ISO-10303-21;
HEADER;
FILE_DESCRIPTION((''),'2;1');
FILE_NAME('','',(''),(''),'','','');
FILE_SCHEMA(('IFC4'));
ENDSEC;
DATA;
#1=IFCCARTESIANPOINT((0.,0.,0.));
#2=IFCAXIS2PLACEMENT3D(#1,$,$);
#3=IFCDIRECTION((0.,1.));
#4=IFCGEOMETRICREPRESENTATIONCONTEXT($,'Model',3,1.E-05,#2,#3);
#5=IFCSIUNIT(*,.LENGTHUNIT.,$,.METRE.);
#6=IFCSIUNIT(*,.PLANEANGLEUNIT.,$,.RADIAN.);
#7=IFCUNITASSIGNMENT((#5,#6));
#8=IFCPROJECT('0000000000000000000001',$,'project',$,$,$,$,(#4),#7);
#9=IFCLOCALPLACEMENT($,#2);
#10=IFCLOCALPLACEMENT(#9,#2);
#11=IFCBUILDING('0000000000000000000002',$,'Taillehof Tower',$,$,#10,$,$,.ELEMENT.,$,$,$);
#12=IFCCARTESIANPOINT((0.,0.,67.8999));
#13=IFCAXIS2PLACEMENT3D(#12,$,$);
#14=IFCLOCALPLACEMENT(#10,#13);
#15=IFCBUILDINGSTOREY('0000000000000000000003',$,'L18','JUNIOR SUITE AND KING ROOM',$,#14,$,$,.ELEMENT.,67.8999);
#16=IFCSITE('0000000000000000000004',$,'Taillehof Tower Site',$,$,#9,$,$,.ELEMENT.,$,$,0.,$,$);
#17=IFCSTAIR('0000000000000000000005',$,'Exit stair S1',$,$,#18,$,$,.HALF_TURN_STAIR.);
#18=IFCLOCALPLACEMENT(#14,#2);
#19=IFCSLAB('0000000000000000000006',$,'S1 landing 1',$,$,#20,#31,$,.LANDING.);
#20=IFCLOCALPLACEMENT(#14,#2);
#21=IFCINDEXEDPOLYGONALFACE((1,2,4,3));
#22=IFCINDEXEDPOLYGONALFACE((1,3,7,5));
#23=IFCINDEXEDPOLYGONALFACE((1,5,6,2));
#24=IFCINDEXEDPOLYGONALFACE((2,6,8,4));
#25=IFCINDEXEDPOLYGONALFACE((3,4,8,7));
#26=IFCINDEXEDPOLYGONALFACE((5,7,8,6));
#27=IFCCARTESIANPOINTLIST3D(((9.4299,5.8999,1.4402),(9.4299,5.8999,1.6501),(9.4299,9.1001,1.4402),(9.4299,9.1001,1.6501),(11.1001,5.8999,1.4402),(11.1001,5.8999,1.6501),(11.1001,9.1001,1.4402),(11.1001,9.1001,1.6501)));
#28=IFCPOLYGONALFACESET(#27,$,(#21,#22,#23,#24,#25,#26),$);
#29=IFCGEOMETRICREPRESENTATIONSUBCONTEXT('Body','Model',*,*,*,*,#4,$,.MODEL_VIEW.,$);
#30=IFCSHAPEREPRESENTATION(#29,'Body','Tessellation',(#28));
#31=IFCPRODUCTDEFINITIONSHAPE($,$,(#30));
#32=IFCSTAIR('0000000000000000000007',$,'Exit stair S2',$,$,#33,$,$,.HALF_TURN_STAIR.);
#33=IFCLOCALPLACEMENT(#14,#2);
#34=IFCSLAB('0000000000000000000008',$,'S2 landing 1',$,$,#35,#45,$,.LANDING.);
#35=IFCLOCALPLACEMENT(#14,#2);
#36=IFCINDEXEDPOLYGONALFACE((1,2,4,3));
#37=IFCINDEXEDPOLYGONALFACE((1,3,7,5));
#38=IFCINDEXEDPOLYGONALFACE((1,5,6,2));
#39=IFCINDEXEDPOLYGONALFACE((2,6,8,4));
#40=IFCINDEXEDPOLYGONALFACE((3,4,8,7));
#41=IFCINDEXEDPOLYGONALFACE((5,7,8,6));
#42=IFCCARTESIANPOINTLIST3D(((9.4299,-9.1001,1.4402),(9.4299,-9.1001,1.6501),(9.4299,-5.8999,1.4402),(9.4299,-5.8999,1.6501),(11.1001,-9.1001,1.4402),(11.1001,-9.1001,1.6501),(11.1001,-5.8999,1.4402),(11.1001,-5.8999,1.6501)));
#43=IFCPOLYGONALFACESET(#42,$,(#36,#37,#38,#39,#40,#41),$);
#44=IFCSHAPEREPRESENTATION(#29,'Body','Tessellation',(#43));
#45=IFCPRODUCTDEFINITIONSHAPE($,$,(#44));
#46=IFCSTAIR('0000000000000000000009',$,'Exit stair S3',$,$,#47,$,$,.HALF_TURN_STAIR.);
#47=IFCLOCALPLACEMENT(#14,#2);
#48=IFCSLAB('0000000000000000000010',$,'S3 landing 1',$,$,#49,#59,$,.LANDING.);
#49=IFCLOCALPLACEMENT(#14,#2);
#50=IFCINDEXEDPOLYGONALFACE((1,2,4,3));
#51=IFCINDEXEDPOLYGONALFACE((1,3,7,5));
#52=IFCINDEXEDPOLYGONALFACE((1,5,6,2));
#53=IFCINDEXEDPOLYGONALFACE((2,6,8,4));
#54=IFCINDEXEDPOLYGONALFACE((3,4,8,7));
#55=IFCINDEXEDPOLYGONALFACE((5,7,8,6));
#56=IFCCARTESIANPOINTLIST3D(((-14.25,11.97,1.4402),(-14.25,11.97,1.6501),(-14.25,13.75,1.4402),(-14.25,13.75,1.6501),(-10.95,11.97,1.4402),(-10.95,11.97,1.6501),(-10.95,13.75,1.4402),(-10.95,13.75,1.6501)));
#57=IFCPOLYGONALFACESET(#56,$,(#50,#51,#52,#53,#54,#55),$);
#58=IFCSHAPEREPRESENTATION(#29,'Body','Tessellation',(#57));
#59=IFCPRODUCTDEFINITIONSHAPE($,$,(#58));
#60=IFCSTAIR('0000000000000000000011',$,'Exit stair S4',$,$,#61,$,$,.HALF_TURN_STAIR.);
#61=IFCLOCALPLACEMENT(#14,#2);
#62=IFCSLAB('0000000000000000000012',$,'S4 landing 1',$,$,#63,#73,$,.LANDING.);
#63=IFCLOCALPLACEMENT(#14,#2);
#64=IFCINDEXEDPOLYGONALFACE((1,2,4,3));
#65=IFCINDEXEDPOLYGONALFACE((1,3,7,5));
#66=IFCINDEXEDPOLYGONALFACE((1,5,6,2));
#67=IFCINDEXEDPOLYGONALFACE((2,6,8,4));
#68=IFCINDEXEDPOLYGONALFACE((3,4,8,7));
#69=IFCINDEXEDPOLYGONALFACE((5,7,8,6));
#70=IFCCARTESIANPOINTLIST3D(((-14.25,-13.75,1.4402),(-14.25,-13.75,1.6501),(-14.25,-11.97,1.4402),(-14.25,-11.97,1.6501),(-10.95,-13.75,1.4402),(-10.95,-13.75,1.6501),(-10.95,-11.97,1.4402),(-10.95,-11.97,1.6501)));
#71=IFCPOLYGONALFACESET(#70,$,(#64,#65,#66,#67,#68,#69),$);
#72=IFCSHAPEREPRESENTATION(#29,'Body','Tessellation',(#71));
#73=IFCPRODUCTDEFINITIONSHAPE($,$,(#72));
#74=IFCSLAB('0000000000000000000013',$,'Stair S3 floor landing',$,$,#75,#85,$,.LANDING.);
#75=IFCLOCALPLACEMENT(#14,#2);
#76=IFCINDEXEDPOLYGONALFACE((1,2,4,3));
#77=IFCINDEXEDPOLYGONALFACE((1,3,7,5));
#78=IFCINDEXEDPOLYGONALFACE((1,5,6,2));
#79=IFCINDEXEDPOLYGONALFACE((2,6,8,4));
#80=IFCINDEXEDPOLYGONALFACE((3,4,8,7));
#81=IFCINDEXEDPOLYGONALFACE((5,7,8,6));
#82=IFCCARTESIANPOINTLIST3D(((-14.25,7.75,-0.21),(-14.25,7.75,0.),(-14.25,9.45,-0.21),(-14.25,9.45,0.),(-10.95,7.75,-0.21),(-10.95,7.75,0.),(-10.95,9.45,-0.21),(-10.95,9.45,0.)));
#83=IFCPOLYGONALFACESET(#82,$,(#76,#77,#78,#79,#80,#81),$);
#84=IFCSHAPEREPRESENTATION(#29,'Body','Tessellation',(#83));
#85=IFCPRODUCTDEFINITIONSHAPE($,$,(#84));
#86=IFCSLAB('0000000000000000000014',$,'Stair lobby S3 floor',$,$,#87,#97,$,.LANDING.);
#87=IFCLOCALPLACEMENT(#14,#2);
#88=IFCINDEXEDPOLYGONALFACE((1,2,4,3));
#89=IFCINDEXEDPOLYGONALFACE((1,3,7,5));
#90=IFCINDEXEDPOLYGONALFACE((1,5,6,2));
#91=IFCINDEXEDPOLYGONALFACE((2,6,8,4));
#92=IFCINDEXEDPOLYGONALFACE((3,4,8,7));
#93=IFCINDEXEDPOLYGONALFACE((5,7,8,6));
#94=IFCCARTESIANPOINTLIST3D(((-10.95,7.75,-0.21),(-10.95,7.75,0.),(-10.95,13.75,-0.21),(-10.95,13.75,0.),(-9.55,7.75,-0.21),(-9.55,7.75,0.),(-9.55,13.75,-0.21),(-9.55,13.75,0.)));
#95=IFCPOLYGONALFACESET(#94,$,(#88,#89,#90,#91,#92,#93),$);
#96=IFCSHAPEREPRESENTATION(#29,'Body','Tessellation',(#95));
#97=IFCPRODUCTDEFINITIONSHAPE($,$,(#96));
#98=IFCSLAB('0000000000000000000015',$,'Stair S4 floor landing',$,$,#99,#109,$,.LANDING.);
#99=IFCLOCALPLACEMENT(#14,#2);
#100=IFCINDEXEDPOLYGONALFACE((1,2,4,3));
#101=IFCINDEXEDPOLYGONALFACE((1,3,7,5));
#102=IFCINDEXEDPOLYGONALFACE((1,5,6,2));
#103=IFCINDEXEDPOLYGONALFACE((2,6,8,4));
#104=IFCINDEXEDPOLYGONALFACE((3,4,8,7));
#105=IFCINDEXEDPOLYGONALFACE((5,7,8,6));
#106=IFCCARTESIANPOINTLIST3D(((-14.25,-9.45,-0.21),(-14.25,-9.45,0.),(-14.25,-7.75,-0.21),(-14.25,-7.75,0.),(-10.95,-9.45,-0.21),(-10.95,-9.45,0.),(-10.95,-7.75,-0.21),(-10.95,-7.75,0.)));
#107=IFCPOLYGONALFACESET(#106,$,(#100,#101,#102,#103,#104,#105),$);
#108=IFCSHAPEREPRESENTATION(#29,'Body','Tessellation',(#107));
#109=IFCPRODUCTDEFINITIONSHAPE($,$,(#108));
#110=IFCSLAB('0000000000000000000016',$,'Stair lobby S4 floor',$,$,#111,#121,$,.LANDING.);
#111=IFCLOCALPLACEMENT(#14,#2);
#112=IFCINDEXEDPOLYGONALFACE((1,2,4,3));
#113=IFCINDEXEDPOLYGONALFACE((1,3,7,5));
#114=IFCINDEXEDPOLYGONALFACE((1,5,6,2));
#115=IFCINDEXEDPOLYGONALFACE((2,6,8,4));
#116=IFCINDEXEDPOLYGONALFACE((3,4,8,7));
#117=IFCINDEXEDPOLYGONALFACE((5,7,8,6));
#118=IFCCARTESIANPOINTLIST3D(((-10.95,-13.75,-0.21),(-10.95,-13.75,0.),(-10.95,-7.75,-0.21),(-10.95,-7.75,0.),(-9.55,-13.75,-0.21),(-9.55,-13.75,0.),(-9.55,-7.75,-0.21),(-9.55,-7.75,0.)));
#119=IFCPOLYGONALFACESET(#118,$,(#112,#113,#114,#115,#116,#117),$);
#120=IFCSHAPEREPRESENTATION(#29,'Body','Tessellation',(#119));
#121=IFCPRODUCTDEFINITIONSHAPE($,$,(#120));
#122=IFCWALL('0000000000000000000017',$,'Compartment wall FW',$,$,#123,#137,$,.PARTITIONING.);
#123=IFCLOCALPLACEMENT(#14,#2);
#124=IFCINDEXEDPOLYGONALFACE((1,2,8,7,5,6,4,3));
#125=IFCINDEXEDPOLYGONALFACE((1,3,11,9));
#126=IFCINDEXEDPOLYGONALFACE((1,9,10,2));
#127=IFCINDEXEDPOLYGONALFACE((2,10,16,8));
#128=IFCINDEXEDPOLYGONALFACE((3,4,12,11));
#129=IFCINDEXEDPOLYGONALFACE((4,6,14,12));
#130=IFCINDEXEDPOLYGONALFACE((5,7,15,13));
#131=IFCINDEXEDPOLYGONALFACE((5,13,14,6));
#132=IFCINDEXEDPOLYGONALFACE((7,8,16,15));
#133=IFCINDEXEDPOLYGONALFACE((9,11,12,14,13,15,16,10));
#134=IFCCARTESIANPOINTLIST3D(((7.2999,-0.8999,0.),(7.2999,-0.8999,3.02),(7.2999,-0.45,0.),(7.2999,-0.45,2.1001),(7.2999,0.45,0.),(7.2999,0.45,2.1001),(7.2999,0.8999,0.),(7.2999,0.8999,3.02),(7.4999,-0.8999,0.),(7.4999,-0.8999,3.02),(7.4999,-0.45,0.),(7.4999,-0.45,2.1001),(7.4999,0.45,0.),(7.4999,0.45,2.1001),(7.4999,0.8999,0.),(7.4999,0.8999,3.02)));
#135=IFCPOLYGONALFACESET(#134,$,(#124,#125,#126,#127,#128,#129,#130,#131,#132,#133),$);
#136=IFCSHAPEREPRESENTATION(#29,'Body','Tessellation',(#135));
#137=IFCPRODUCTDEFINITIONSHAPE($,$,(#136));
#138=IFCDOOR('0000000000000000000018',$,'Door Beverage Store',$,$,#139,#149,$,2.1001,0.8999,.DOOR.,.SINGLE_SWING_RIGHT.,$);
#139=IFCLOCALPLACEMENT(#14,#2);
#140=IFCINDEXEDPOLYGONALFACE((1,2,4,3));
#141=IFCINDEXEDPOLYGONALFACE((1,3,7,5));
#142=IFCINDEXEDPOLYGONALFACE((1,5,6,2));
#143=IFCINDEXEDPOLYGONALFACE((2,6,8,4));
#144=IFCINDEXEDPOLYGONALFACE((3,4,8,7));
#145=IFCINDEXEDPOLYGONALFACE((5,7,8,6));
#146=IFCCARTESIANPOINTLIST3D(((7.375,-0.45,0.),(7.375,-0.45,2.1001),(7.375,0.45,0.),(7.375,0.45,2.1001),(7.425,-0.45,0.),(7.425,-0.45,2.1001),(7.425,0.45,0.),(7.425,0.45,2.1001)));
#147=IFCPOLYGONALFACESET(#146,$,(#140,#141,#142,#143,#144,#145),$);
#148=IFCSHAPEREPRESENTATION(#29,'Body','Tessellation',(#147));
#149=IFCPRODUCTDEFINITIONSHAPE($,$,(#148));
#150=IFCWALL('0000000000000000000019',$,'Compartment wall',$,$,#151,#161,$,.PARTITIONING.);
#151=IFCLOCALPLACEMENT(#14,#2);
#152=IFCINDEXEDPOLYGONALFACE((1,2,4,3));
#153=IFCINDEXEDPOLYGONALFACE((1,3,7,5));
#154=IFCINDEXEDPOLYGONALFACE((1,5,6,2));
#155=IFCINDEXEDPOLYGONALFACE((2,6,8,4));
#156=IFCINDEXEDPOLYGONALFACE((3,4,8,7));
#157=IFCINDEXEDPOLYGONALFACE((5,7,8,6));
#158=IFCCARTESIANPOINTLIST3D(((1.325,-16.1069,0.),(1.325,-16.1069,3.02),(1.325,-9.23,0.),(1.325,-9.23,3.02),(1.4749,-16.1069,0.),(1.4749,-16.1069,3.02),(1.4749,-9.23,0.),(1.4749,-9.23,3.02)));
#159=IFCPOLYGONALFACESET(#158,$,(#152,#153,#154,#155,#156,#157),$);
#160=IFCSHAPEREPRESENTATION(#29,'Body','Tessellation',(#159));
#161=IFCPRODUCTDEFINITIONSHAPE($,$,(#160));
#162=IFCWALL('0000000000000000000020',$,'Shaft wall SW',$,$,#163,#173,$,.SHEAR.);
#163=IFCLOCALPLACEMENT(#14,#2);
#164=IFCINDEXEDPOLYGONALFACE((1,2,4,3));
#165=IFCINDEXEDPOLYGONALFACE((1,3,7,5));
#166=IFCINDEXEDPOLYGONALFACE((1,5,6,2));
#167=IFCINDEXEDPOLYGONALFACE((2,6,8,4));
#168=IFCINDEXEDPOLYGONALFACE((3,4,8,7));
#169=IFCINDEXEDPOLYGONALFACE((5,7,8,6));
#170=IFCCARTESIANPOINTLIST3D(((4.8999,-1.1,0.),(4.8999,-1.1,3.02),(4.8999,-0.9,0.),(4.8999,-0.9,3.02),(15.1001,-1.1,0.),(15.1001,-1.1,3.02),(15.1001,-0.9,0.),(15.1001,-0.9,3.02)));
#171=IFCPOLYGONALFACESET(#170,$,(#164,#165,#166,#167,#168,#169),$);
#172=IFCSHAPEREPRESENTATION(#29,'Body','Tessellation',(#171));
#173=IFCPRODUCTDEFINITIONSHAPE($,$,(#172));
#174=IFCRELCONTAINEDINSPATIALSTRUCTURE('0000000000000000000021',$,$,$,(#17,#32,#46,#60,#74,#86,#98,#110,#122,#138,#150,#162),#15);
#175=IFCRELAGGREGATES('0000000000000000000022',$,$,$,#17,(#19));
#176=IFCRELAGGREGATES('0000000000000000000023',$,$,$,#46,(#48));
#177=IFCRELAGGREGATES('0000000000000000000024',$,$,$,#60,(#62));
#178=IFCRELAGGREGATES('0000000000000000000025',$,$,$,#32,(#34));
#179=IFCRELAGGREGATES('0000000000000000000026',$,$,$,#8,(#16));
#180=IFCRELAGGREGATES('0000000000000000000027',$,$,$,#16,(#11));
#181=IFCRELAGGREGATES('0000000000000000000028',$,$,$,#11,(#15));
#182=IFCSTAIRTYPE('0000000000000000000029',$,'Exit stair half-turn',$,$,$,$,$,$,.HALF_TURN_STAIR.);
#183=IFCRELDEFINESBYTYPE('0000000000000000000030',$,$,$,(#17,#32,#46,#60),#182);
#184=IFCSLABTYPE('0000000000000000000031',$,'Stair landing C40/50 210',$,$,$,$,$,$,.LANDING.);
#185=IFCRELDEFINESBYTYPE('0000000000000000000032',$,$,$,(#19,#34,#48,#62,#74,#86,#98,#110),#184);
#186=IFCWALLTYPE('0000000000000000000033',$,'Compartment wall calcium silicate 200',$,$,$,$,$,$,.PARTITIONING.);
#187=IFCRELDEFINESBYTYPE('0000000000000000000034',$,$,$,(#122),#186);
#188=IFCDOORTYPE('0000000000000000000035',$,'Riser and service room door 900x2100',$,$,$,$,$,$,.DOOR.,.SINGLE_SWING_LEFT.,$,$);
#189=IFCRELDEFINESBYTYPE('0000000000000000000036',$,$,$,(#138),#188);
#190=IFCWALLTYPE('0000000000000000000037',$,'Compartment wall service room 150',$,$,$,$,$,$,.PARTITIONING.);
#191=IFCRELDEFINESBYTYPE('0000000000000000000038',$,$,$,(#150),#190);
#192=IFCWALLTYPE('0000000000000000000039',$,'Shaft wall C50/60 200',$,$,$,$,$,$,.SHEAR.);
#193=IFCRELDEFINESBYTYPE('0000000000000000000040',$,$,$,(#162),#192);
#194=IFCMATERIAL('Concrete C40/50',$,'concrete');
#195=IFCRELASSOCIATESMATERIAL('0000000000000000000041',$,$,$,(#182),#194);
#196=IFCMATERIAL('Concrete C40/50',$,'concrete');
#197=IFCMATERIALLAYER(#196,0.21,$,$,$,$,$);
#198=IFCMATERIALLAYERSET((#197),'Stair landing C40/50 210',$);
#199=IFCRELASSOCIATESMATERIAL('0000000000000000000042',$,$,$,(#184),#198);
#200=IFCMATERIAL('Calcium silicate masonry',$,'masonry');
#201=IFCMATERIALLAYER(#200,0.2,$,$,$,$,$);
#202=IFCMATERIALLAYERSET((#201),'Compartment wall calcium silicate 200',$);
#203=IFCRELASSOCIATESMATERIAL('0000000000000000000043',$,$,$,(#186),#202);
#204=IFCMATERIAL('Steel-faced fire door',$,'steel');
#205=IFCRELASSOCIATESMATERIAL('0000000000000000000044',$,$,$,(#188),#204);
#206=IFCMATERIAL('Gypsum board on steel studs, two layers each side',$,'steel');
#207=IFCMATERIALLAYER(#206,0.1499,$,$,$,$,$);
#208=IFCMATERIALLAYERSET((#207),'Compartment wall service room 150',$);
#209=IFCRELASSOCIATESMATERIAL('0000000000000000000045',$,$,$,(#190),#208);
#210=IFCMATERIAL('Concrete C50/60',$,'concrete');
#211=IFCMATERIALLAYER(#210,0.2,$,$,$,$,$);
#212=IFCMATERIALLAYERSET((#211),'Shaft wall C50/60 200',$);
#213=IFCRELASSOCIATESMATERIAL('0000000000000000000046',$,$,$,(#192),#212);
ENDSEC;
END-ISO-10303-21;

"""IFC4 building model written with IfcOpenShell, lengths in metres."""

from ifc_helpers import new_model, si_unit, direction, frame, frame_2d, origin, place, context, subcontext, project, spatial, polyline, rectangle, outline, extrude, material, layer, layer_set, type_object, element, fill, aggregate, save


model = new_model("IFC4")

# Units and contexts
model_context = context("Model", 3, precision=1e-05, world=origin(), true_north=direction((0.0, 1.0)))
body_context = subcontext(model_context, "Body", "Model", "MODEL_VIEW")
ifc_project = project(units=[si_unit("LENGTHUNIT", "METRE"), si_unit("PLANEANGLEUNIT", "RADIAN")], contexts=[model_context])

# Site, building, storey
site_placement = place(None, origin())
site = spatial("IfcSite", under=ifc_project, at=site_placement, Name="Taillehof Tower Site", CompositionType="ELEMENT", RefElevation=0.0)
building_placement = place(site_placement, origin())
building = spatial("IfcBuilding", under=site, at=building_placement, Name="Taillehof Tower", CompositionType="ELEMENT")
storey_placement = place(building_placement, frame((0.0, 0.0, 67.8999)))
storey = spatial("IfcBuildingStorey", under=building, at=storey_placement, Name="L18", Description="JUNIOR SUITE AND KING ROOM", CompositionType="ELEMENT", Elevation=67.8999)

# Stairs, slabs
ifc_material_1 = material(Name="Concrete C40/50", Category="concrete")
stair_type = type_object("IfcStairType", Name="Exit stair half-turn", PredefinedType="HALF_TURN_STAIR", material=ifc_material_1)
stair_1_placement = place(storey_placement, origin())
stair_1 = element("IfcStair", 1, at=stair_1_placement, inside=storey, type_object=stair_type, Name="Exit stair S1", PredefinedType="HALF_TURN_STAIR")
ifc_material_2 = material(Name="Concrete C40/50", Category="concrete")
ifc_layer_1 = layer(ifc_material_2, 0.21)
ifc_layer_set_1 = layer_set([ifc_layer_1], Name="Stair landing C40/50 210")
slab_type_1 = type_object("IfcSlabType", Name="Stair landing C40/50 210", PredefinedType="LANDING", material=ifc_layer_set_1)
slab_1_placement = place(storey_placement, frame((0.0, 0.0, 1.4402)))
slab_1 = element("IfcSlab", 2, at=slab_1_placement, type_object=slab_type_1, Name="S1 landing 1", PredefinedType="LANDING", context=body_context, shape_type="SweptSolid", body=[
    extrude(outline(polyline([(9.4299, 5.8999), (11.1001, 5.8999), (11.1001, 9.1001), (9.4299, 9.1001), (9.4299, 5.8999)])), origin(), (0.0, 0.0, 1.0), 0.21),
])
aggregate(stair_1, [slab_1])
stair_2_placement = place(storey_placement, origin())
stair_2 = element("IfcStair", 3, at=stair_2_placement, inside=storey, type_object=stair_type, Name="Exit stair S2", PredefinedType="HALF_TURN_STAIR")
slab_2_placement = place(storey_placement, frame((0.0, 0.0, 1.4402)))
slab_2 = element("IfcSlab", 4, at=slab_2_placement, type_object=slab_type_1, Name="S2 landing 1", PredefinedType="LANDING", context=body_context, shape_type="SweptSolid", body=[
    extrude(outline(polyline([(9.4299, -5.8999), (11.1001, -5.8999), (11.1001, -9.1001), (9.4299, -9.1001), (9.4299, -5.8999)])), origin(), (0.0, 0.0, 1.0), 0.21),
])
stair_3_placement = place(storey_placement, origin())
stair_3 = element("IfcStair", 5, at=stair_3_placement, inside=storey, type_object=stair_type, Name="Exit stair S3", PredefinedType="HALF_TURN_STAIR")
slab_3_placement = place(storey_placement, frame((0.0, 0.0, 1.4402)))
slab_3 = element("IfcSlab", 6, at=slab_3_placement, type_object=slab_type_1, Name="S3 landing 1", PredefinedType="LANDING", context=body_context, shape_type="SweptSolid", body=[
    extrude(outline(polyline([(-14.25, 11.97), (-14.25, 13.75), (-10.95, 13.75), (-10.95, 11.97), (-14.25, 11.97)])), origin(), (0.0, 0.0, 1.0), 0.21),
])
aggregate(stair_3, [slab_3])
stair_4_placement = place(storey_placement, origin())
stair_4 = element("IfcStair", 7, at=stair_4_placement, inside=storey, type_object=stair_type, Name="Exit stair S4", PredefinedType="HALF_TURN_STAIR")
slab_4_placement = place(storey_placement, frame((0.0, 0.0, 1.4402)))
slab_4 = element("IfcSlab", 8, at=slab_4_placement, type_object=slab_type_1, Name="S4 landing 1", PredefinedType="LANDING", context=body_context, shape_type="SweptSolid", body=[
    extrude(outline(polyline([(-14.25, -11.97), (-14.25, -13.75), (-10.95, -13.75), (-10.95, -11.97), (-14.25, -11.97)])), origin(), (0.0, 0.0, 1.0), 0.21),
])
aggregate(stair_4, [slab_4])

# Slabs
slab_5_placement = place(storey_placement, frame((0.0, 0.0, -0.21)))
element("IfcSlab", 9, at=slab_5_placement, inside=storey, type_object=slab_type_1, Name="Stair S3 floor landing", PredefinedType="LANDING", context=body_context, shape_type="SweptSolid", body=[
    extrude(outline(polyline([(-14.25, 7.75), (-14.25, 9.45), (-10.95, 9.45), (-10.95, 7.75), (-14.25, 7.75)])), origin(), (0.0, 0.0, 1.0), 0.21),
])
slab_6_placement = place(storey_placement, frame((0.0, 0.0, -0.21)))
element("IfcSlab", 10, at=slab_6_placement, inside=storey, type_object=slab_type_1, Name="Stair lobby S3 floor", PredefinedType="LANDING", context=body_context, shape_type="SweptSolid", body=[
    extrude(outline(polyline([(-10.95, 7.75), (-9.55, 7.75), (-9.55, 13.75), (-10.95, 13.75), (-10.95, 7.75)])), origin(), (0.0, 0.0, 1.0), 0.21),
])
slab_7_placement = place(storey_placement, frame((0.0, 0.0, -0.21)))
element("IfcSlab", 11, at=slab_7_placement, inside=storey, type_object=slab_type_1, Name="Stair S4 floor landing", PredefinedType="LANDING", context=body_context, shape_type="SweptSolid", body=[
    extrude(outline(polyline([(-14.25, -7.75), (-14.25, -9.45), (-10.95, -9.45), (-10.95, -7.75), (-14.25, -7.75)])), origin(), (0.0, 0.0, 1.0), 0.21),
])
slab_8_placement = place(storey_placement, frame((0.0, 0.0, -0.21)))
element("IfcSlab", 12, at=slab_8_placement, inside=storey, type_object=slab_type_1, Name="Stair lobby S4 floor", PredefinedType="LANDING", context=body_context, shape_type="SweptSolid", body=[
    extrude(outline(polyline([(-10.95, -13.75), (-9.55, -13.75), (-9.55, -7.75), (-10.95, -7.75), (-10.95, -13.75)])), origin(), (0.0, 0.0, 1.0), 0.21),
])

# Wall, opening, door
ifc_material_3 = material(Name="Calcium silicate masonry", Category="masonry")
ifc_layer_2 = layer(ifc_material_3, 0.2)
ifc_layer_set_2 = layer_set([ifc_layer_2], Name="Compartment wall calcium silicate 200")
wall_type_1 = type_object("IfcWallType", Name="Compartment wall calcium silicate 200", PredefinedType="PARTITIONING", material=ifc_layer_set_2)
wall_1_placement = place(storey_placement, frame((7.3999, -0.8999, 0.0), z_axis=(0.0, 0.0, 1.0), x_axis=(0.0, 1.0, 0.0)))
wall_1 = element("IfcWall", 13, at=wall_1_placement, inside=storey, type_object=wall_type_1, Name="Compartment wall FW", PredefinedType="PARTITIONING", context=body_context, shape_type="SweptSolid", body=[
    extrude(rectangle(XDim=1.7998, YDim=0.2, at=frame_2d((0.8999, 0.0))), origin(), (0.0, 0.0, 1.0), 3.02),
])
opening_1_placement = place(wall_1_placement, frame((0.45, 0.0, 0.0)))
opening_1 = element("IfcOpeningElement", 14, at=opening_1_placement, cuts=wall_1, PredefinedType="OPENING", context=body_context, shape_type="SweptSolid", body=[
    extrude(rectangle(XDim=0.8999, YDim=2.1001, at=frame_2d((0.45, 1.05))), frame((0.0, 0.1099, 0.0), z_axis=(0.0, -1.0, 0.0), x_axis=(1.0, 0.0, 0.0)), (0.0, 0.0, 1.0), 0.22),
])
ifc_material_4 = material(Name="Steel-faced fire door", Category="steel")
door_type_1 = type_object("IfcDoorType", Name="Riser and service room door 900x2100", OperationType="SINGLE_SWING_LEFT", PredefinedType="DOOR", material=ifc_material_4)
door_1_placement = place(opening_1_placement, origin())
door_1 = element("IfcDoor", 15, at=door_1_placement, inside=storey, type_object=door_type_1, Name="Door Beverage Store", OperationType="SINGLE_SWING_RIGHT", OverallHeight=2.1001, OverallWidth=0.8999, PredefinedType="DOOR", context=body_context, shape_type="SweptSolid", body=[
    extrude(rectangle(XDim=0.8999, YDim=2.1001, at=frame_2d((0.45, 1.05))), frame((0.0, 0.0249, 0.0), z_axis=(0.0, -1.0, 0.0), x_axis=(1.0, 0.0, 0.0)), (0.0, 0.0, 1.0), 0.05),
])
fill(opening_1, door_1)

# Walls
ifc_material_5 = material(Name="Gypsum board on steel studs, two layers each side", Category="steel")
ifc_layer_3 = layer(ifc_material_5, 0.1499)
ifc_layer_set_3 = layer_set([ifc_layer_3], Name="Compartment wall service room 150")
wall_type_2 = type_object("IfcWallType", Name="Compartment wall service room 150", PredefinedType="PARTITIONING", material=ifc_layer_set_3)
wall_2_placement = place(storey_placement, frame((1.3999, -9.23, 0.0), z_axis=(0.0, 0.0, 1.0), x_axis=(0.0, -1.0, 0.0)))
element("IfcWall", 16, at=wall_2_placement, inside=storey, type_object=wall_type_2, Name="Compartment wall", PredefinedType="PARTITIONING", context=body_context, shape_type="SweptSolid", body=[
    extrude(rectangle(XDim=6.877, YDim=0.1499, at=frame_2d((3.4385, 0.0))), origin(), (0.0, 0.0, 1.0), 3.02),
])
ifc_material_6 = material(Name="Concrete C50/60", Category="concrete")
ifc_layer_4 = layer(ifc_material_6, 0.2)
ifc_layer_set_4 = layer_set([ifc_layer_4], Name="Shaft wall C50/60 200")
wall_type_3 = type_object("IfcWallType", Name="Shaft wall C50/60 200", PredefinedType="SHEAR", material=ifc_layer_set_4)
wall_3_placement = place(storey_placement, frame((4.8999, -1.0, 0.0), z_axis=(0.0, 0.0, 1.0), x_axis=(1.0, 0.0, 0.0)))
element("IfcWall", 17, at=wall_3_placement, inside=storey, type_object=wall_type_3, Name="Shaft wall SW", PredefinedType="SHEAR", context=body_context, shape_type="SweptSolid", body=[
    extrude(rectangle(XDim=10.2002, YDim=0.2, at=frame_2d((5.1001, 0.0))), origin(), (0.0, 0.0, 1.0), 3.02),
])

aggregate(stair_2, [slab_2])

save(model, "model.ifc")
